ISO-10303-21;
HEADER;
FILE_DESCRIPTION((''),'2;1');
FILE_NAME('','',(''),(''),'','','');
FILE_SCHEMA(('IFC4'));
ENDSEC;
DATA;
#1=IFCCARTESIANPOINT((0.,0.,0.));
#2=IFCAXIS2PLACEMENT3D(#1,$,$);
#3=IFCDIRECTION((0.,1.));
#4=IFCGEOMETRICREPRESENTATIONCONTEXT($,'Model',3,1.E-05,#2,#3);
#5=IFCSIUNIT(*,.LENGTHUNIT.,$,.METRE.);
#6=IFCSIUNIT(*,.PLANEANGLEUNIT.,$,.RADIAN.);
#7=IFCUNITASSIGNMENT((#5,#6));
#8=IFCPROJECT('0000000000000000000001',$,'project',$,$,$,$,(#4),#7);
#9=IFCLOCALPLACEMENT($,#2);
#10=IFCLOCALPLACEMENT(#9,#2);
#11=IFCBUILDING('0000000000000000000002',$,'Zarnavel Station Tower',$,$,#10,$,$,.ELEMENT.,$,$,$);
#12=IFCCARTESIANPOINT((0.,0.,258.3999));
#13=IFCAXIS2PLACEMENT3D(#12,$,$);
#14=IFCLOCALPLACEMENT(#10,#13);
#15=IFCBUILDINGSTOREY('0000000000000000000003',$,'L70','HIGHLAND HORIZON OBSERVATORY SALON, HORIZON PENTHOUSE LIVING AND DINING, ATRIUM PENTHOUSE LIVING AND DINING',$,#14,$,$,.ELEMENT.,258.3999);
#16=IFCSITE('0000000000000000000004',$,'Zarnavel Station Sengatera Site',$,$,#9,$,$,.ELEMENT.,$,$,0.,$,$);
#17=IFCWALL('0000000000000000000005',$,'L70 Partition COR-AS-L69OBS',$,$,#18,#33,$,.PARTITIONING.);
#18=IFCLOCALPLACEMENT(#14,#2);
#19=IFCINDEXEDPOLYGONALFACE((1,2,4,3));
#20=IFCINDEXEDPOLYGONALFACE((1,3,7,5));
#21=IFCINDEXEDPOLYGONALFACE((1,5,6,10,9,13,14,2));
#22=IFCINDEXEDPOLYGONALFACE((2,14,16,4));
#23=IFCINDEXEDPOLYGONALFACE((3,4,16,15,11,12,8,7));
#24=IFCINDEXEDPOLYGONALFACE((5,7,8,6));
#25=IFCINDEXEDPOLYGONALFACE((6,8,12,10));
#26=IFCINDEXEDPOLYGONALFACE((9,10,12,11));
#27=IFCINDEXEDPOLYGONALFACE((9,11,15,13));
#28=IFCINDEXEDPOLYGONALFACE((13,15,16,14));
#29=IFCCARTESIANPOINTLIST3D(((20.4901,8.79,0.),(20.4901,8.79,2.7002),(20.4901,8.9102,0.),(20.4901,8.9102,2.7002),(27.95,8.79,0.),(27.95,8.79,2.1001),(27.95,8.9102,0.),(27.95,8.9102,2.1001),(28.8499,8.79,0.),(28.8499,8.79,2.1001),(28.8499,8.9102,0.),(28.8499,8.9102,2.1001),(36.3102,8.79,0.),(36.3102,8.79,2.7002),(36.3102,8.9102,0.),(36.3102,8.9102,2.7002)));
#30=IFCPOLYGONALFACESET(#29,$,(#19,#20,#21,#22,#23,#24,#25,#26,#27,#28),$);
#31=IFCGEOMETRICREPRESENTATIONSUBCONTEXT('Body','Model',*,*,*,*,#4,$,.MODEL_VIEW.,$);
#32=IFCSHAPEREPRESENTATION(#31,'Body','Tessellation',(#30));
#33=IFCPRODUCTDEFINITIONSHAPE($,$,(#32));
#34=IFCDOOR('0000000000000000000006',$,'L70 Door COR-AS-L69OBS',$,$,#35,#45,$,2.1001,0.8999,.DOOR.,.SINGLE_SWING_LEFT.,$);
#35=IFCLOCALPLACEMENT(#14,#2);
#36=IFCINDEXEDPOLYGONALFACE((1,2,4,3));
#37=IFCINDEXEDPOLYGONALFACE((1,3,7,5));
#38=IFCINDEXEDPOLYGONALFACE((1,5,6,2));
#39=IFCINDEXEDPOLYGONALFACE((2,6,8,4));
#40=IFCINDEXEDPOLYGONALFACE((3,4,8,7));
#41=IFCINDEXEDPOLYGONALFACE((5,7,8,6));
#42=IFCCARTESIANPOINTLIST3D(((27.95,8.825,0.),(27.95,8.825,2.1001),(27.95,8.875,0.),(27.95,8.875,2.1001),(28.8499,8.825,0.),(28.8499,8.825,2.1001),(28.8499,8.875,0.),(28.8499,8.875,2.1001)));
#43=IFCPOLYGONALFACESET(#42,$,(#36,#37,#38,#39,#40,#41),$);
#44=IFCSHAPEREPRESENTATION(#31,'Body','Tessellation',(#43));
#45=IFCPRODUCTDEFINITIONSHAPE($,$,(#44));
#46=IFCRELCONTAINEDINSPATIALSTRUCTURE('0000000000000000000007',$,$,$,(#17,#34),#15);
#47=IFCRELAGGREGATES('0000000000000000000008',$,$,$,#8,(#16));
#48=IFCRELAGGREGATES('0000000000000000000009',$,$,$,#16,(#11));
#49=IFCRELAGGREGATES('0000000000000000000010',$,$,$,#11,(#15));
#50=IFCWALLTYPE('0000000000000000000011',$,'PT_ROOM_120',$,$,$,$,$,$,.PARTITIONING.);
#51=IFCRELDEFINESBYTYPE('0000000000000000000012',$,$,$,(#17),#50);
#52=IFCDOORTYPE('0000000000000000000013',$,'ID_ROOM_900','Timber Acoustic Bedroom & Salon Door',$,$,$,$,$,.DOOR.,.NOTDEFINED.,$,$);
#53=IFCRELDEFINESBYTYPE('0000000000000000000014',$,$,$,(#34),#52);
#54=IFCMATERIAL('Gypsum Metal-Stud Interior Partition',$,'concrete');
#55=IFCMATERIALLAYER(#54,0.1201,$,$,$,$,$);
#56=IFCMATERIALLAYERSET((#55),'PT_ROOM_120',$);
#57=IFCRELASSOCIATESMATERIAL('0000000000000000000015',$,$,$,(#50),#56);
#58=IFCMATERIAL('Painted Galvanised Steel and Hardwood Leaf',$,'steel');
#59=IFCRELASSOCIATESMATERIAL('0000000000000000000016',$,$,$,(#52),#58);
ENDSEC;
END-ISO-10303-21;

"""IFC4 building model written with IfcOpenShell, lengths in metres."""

from ifc_helpers import new_model, si_unit, direction, frame, frame_2d, origin, place, context, subcontext, project, spatial, rectangle, extrude, material, layer, layer_set, type_object, element, fill, save


model = new_model("IFC4")

# Units and contexts
model_context = context("Model", 3, precision=1e-05, world=origin(), true_north=direction((0.0, 1.0)))
body_context = subcontext(model_context, "Body", "Model", "MODEL_VIEW")
ifc_project = project(units=[si_unit("LENGTHUNIT", "METRE"), si_unit("PLANEANGLEUNIT", "RADIAN")], contexts=[model_context])

# Site, building, storey
site_placement = place(None, origin())
site = spatial("IfcSite", under=ifc_project, at=site_placement, Name="Zarnavel Station Sengatera Site", CompositionType="ELEMENT", RefElevation=0.0)
building_placement = place(site_placement, origin())
building = spatial("IfcBuilding", under=site, at=building_placement, Name="Zarnavel Station Tower", CompositionType="ELEMENT")
storey_placement = place(building_placement, frame((0.0, 0.0, 258.3999)))
storey = spatial("IfcBuildingStorey", under=building, at=storey_placement, Name="L70", Description="HIGHLAND HORIZON OBSERVATORY SALON, HORIZON PENTHOUSE LIVING AND DINING, ATRIUM PENTHOUSE LIVING AND DINING", CompositionType="ELEMENT", Elevation=258.3999)

# Wall, opening, door
ifc_material_1 = material(Name="Gypsum Metal-Stud Interior Partition", Category="concrete")
ifc_layer_1 = layer(ifc_material_1, 0.1201)
ifc_layer_set_1 = layer_set([ifc_layer_1], Name="PT_ROOM_120")
wall_type_1 = type_object("IfcWallType", Name="PT_ROOM_120", PredefinedType="PARTITIONING", material=ifc_layer_set_1)
wall_1_placement = place(storey_placement, frame((20.49, 8.8501, 0.0), z_axis=(0.0, 0.0, 1.0), x_axis=(1.0, 0.0, 0.0)))
wall_1 = element("IfcWall", 1, at=wall_1_placement, inside=storey, type_object=wall_type_1, Name="L70 Partition COR-AS-L69OBS", PredefinedType="PARTITIONING", context=body_context, shape_type="SweptSolid", body=[
    extrude(rectangle(XDim=15.8201, YDim=0.1201, at=frame_2d((7.9102, 0.0))), origin(), (0.0, 0.0, 1.0), 2.7002),
])
opening_placement = place(wall_1_placement, frame((7.46, 0.0, 0.0)))
opening = element("IfcOpeningElement", 2, at=opening_placement, cuts=wall_1, PredefinedType="OPENING", context=body_context, shape_type="SweptSolid", body=[
    extrude(rectangle(XDim=0.8999, YDim=2.1001, at=frame_2d((0.45, 1.05))), frame((0.0, 0.0701, 0.0), z_axis=(0.0, -1.0, 0.0), x_axis=(1.0, 0.0, 0.0)), (0.0, 0.0, 1.0), 0.1401),
])
ifc_material_2 = material(Name="Painted Galvanised Steel and Hardwood Leaf", Category="steel")
door_type = type_object("IfcDoorType", Name="ID_ROOM_900", Description="Timber Acoustic Bedroom & Salon Door", OperationType="NOTDEFINED", PredefinedType="DOOR", material=ifc_material_2)
door_placement = place(opening_placement, origin())
door = element("IfcDoor", 3, at=door_placement, inside=storey, type_object=door_type, Name="L70 Door COR-AS-L69OBS", OperationType="SINGLE_SWING_LEFT", OverallHeight=2.1001, OverallWidth=0.8999, PredefinedType="DOOR", context=body_context, shape_type="SweptSolid", body=[
    extrude(rectangle(XDim=0.8999, YDim=2.1001, at=frame_2d((0.45, 1.05))), frame((0.0, 0.0249, 0.0), z_axis=(0.0, -1.0, 0.0), x_axis=(1.0, 0.0, 0.0)), (0.0, 0.0, 1.0), 0.05),
])
fill(opening, door)

save(model, "model.ifc")
